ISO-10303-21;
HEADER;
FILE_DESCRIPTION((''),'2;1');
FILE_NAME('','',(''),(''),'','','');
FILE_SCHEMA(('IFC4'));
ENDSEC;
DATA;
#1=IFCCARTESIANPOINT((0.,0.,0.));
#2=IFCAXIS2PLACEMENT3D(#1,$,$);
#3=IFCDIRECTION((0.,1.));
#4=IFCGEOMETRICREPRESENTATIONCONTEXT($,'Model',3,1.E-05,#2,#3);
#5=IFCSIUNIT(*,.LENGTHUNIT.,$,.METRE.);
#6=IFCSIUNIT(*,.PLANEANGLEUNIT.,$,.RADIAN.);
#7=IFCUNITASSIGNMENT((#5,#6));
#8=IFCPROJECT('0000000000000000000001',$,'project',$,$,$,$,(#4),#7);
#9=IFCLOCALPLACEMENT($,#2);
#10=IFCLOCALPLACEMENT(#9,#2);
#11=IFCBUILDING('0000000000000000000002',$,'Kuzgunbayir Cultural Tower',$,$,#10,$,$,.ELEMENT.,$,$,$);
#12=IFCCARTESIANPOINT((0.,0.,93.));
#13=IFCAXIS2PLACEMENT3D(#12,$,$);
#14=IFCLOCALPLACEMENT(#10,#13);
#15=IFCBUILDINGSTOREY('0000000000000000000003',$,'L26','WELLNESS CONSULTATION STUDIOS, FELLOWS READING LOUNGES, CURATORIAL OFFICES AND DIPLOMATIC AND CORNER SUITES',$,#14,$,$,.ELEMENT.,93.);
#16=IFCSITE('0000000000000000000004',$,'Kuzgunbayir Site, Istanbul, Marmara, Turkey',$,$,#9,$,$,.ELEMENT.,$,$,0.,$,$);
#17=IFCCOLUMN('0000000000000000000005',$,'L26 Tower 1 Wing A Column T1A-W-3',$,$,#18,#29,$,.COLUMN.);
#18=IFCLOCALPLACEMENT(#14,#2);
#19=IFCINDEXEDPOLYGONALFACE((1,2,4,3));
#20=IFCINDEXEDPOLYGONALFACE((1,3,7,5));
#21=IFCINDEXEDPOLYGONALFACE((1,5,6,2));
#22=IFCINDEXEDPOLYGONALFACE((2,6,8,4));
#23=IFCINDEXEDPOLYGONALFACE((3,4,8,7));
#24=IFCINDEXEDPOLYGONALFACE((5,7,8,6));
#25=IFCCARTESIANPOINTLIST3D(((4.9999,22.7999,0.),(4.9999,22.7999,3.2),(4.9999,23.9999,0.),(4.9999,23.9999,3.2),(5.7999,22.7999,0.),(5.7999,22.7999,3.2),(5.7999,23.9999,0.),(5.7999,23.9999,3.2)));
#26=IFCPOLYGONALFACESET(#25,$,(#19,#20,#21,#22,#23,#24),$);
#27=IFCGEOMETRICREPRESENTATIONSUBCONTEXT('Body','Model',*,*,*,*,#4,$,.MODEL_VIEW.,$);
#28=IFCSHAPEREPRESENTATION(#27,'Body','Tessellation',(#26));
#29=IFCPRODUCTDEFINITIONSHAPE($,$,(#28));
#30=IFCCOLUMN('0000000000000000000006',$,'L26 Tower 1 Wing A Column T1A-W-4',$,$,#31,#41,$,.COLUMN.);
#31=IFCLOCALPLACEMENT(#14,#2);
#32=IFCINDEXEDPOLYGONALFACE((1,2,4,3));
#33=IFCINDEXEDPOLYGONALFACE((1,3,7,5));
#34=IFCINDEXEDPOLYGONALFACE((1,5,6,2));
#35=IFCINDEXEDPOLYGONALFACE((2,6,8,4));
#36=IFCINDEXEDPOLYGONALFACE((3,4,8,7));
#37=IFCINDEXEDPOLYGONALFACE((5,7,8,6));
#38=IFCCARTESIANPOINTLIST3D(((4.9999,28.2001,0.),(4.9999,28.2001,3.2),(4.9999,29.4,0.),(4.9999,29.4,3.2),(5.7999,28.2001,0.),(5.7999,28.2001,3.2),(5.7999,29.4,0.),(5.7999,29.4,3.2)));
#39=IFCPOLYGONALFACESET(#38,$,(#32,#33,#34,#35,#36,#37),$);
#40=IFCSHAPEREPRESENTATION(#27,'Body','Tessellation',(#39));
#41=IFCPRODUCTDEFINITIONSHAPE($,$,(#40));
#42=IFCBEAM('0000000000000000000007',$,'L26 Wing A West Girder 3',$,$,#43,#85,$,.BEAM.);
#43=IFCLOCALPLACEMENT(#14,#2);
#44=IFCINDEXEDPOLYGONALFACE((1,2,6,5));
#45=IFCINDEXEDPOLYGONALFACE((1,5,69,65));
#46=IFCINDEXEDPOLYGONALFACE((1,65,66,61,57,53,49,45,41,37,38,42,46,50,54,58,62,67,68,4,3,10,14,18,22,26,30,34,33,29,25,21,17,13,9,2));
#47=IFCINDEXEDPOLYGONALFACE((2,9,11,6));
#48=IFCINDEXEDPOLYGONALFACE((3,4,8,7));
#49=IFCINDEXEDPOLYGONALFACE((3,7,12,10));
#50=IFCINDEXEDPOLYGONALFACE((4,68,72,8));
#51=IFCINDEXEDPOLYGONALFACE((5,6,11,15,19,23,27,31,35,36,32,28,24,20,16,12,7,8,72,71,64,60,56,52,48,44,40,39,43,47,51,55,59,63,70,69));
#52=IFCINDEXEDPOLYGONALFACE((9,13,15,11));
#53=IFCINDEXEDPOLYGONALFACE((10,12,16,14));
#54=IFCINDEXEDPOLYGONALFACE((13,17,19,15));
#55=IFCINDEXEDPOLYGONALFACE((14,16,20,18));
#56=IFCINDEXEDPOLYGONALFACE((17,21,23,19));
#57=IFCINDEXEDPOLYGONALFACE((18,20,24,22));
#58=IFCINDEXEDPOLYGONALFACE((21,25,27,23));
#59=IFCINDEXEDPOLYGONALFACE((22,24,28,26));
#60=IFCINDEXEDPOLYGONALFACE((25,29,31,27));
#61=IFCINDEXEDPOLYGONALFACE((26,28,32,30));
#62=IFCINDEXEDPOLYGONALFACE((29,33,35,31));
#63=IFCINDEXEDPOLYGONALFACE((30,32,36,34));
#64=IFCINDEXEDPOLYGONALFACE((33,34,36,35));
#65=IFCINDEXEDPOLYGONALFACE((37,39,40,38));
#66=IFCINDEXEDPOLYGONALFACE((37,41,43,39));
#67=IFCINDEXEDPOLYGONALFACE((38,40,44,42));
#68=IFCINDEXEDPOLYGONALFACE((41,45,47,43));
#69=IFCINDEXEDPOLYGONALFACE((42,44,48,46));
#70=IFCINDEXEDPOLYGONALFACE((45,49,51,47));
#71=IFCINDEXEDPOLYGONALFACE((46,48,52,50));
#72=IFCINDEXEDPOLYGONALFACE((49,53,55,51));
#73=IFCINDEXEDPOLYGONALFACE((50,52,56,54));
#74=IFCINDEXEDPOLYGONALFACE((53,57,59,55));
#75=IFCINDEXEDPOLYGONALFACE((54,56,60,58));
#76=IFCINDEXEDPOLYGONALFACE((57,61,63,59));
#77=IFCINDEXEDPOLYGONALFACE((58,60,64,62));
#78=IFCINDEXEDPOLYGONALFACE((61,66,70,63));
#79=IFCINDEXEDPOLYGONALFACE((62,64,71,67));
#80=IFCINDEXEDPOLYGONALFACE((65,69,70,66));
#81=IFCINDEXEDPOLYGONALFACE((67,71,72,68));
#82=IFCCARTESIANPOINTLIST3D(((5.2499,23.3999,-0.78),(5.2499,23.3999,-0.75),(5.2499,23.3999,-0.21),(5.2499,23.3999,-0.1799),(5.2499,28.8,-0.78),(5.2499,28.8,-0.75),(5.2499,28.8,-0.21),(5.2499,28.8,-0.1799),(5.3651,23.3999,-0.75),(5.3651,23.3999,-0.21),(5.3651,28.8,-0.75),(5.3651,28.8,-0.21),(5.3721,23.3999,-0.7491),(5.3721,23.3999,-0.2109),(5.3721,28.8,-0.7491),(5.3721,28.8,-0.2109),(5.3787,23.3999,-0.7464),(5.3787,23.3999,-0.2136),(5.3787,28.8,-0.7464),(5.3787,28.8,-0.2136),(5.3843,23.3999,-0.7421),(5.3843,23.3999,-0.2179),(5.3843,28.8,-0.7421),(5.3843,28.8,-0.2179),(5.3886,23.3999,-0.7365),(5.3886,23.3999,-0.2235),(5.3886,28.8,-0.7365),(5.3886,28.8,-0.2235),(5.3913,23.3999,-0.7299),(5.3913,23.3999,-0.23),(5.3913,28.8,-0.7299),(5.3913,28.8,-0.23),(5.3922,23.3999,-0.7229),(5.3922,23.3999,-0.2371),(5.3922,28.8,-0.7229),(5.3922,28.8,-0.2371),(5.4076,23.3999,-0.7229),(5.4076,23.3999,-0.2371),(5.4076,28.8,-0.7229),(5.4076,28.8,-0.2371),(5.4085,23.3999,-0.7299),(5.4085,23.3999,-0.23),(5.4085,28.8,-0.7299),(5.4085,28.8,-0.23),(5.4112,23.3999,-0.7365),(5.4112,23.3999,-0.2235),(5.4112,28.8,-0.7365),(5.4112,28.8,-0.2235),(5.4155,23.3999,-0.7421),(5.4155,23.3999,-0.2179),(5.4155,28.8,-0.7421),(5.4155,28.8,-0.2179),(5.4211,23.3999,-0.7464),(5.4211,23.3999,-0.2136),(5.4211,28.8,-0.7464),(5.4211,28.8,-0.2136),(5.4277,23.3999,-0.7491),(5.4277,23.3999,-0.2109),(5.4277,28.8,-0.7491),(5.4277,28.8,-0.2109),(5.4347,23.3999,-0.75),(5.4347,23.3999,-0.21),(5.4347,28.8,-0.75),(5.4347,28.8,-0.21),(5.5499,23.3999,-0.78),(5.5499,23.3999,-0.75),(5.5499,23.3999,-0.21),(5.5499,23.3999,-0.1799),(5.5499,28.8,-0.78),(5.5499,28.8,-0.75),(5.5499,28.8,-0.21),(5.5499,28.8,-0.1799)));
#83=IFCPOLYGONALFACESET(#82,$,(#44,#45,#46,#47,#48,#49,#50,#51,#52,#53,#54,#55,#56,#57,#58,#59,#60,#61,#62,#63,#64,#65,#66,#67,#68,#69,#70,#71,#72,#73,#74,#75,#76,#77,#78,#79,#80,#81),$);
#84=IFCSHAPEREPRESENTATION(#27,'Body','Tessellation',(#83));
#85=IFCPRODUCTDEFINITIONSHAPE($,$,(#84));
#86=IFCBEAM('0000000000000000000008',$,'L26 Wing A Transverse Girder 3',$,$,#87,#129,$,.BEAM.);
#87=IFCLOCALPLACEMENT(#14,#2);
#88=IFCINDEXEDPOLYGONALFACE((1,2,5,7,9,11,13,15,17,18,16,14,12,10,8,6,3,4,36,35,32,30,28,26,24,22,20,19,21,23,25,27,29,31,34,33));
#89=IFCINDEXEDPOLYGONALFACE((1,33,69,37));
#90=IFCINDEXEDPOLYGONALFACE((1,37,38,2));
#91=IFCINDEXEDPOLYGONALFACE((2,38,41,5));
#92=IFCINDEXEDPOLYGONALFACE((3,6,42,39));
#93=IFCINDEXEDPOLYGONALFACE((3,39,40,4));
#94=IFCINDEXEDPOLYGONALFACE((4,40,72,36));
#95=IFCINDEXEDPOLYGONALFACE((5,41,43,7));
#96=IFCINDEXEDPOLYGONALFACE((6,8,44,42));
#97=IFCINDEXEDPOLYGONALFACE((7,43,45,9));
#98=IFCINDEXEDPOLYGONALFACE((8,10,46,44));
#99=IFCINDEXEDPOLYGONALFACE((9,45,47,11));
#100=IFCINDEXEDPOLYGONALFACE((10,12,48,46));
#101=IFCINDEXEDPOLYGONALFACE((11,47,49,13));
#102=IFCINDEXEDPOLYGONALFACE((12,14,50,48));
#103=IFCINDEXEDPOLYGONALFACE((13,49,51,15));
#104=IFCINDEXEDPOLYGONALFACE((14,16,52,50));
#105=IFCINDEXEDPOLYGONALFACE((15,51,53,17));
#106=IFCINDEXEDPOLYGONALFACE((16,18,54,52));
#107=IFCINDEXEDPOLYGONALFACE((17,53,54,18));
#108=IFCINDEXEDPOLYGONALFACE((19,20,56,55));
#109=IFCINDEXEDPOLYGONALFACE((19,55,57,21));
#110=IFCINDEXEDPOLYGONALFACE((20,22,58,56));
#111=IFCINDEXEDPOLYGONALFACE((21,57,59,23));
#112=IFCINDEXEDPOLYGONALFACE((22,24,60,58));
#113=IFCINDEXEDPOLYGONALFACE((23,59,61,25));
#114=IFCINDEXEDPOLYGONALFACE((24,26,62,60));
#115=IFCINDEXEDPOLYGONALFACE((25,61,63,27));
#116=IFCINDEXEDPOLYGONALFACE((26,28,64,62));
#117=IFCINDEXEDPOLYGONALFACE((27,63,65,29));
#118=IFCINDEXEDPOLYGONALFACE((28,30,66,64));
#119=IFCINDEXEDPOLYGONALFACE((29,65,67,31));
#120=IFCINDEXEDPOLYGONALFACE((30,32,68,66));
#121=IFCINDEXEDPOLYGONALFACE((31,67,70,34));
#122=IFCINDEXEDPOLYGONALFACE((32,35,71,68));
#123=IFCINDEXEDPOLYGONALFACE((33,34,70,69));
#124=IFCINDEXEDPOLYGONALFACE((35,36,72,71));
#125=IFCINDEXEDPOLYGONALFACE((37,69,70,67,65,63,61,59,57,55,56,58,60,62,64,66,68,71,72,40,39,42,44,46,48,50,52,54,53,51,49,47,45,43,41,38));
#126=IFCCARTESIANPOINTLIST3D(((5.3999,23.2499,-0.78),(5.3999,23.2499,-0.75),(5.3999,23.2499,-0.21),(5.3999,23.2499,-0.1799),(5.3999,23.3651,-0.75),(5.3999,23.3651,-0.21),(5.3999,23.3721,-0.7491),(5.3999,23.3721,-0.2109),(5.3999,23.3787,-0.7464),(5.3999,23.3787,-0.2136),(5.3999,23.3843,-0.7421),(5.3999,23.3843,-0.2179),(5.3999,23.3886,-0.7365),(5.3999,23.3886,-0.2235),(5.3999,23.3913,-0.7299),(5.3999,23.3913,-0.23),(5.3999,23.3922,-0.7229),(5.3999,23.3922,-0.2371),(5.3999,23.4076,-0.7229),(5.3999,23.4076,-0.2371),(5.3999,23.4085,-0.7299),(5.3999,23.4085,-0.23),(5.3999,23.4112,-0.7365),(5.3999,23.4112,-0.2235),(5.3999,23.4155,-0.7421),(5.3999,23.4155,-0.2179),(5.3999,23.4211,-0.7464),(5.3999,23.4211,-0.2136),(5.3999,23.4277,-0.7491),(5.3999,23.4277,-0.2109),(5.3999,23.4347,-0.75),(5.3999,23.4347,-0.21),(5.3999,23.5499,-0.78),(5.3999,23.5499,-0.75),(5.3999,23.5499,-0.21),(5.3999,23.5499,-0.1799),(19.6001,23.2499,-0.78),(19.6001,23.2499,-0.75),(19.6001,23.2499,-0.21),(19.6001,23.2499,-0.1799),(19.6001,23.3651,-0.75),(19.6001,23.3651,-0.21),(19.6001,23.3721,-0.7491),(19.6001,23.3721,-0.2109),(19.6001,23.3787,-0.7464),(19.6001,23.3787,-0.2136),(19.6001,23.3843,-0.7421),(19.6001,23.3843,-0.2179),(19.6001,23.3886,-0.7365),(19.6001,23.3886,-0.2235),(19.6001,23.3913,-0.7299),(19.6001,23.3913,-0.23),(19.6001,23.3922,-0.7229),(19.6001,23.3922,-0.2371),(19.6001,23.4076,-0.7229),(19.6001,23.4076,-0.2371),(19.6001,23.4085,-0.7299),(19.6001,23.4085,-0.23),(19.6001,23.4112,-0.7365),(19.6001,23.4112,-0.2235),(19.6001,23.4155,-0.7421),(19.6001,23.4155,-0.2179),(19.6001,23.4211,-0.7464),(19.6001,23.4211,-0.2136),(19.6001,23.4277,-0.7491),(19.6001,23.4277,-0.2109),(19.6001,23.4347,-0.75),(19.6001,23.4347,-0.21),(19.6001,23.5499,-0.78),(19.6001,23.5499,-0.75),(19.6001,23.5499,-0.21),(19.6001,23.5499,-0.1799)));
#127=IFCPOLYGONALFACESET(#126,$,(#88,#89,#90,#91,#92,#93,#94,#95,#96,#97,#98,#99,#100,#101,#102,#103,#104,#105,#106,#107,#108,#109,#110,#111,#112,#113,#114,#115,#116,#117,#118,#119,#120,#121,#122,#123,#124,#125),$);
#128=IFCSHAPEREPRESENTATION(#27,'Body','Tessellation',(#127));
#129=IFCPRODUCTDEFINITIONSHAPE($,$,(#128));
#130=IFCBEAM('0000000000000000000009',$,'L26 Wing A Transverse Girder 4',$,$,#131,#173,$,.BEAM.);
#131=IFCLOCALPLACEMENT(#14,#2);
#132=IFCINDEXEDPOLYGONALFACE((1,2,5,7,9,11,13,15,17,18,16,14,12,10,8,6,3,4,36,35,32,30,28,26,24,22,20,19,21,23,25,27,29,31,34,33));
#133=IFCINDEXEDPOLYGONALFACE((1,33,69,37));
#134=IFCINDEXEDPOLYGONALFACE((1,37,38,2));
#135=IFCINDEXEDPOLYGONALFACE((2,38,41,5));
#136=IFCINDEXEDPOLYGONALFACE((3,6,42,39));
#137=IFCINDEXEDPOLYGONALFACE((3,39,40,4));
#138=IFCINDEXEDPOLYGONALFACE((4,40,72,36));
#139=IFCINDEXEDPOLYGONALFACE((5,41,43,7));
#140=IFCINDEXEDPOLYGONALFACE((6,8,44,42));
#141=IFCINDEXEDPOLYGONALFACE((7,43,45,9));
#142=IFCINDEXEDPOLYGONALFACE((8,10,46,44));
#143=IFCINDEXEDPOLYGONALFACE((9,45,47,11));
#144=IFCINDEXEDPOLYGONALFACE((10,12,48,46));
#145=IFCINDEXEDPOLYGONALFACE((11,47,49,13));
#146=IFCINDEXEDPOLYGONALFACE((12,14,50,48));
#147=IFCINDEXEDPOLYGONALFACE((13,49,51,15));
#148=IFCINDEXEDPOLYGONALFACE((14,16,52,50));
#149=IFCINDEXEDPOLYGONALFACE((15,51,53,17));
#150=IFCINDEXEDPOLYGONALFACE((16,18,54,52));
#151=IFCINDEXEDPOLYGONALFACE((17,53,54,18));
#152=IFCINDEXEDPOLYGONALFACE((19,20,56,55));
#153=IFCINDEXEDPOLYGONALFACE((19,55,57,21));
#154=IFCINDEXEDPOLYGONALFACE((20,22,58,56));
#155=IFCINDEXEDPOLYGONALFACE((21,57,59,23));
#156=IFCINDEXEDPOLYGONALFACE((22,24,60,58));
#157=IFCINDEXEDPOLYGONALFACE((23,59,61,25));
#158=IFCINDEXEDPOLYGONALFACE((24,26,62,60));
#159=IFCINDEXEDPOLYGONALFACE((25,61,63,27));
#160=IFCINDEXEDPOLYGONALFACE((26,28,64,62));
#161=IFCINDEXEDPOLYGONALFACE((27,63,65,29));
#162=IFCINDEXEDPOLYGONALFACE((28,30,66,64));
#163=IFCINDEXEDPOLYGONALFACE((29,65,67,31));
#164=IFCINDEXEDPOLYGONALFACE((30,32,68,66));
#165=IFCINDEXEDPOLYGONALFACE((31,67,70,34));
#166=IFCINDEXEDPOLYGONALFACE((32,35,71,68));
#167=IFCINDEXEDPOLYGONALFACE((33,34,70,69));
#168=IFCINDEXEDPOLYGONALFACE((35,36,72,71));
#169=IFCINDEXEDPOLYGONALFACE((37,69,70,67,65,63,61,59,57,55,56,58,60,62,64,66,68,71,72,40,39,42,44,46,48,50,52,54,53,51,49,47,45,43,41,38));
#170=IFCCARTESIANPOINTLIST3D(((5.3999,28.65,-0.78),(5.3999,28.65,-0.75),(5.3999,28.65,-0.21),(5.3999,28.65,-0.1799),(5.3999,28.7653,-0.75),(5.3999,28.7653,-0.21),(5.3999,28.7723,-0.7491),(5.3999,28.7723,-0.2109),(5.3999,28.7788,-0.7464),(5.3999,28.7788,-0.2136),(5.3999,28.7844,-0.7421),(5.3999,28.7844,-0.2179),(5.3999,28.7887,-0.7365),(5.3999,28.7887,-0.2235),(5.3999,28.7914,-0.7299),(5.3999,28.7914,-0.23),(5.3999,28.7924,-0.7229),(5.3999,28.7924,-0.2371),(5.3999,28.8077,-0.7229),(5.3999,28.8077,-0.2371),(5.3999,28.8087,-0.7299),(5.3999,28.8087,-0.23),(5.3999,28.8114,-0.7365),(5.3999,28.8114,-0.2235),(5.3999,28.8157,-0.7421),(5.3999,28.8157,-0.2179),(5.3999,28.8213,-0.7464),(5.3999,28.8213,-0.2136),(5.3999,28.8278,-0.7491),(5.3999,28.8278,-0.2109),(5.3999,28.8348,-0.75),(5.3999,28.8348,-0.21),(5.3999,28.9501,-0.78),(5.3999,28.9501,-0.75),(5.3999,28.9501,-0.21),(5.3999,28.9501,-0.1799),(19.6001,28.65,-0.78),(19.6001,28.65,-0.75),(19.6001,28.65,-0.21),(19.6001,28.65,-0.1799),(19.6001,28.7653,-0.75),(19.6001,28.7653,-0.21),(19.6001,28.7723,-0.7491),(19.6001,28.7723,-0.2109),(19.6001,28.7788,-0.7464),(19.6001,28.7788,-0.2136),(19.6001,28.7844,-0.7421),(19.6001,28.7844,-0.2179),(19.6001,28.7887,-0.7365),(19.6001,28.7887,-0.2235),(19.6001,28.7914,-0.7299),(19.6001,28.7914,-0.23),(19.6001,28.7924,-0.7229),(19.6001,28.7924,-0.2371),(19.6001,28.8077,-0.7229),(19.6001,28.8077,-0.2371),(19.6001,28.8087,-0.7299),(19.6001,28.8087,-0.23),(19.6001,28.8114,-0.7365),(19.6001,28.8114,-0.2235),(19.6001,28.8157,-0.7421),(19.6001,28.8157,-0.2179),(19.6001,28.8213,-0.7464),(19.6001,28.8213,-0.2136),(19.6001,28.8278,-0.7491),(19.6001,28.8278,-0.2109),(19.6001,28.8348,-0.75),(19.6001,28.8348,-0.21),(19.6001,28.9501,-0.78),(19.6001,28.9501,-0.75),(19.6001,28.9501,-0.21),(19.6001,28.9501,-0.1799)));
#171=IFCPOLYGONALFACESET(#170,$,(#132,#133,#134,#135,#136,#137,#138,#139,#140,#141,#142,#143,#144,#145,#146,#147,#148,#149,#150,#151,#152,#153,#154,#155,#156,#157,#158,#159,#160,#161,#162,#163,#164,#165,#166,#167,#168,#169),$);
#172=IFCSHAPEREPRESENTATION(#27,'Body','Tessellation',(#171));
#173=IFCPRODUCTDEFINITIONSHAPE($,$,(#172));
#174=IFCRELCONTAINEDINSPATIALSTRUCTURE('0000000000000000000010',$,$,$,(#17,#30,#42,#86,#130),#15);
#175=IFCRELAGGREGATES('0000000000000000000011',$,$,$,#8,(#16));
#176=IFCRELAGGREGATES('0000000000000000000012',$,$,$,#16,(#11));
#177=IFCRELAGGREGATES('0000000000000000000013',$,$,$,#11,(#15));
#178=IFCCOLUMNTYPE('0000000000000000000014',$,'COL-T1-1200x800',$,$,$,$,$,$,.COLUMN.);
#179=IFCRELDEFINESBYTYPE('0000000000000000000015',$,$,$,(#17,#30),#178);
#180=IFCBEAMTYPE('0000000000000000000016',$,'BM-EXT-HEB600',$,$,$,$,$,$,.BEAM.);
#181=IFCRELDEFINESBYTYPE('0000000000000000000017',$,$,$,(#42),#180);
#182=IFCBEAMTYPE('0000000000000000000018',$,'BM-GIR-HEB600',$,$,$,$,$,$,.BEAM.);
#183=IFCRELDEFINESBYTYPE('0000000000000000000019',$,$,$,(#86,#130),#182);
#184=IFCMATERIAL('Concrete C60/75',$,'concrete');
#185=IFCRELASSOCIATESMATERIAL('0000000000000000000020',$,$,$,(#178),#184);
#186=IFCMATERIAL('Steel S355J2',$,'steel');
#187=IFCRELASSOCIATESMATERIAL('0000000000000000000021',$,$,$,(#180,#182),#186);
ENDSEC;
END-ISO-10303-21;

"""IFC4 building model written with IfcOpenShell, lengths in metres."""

from ifc_helpers import new_model, si_unit, direction, frame, origin, origin_2d, place, context, subcontext, project, spatial, rectangle, i_section, extrude, material, material_profile, profile_set, type_object, element, save


model = new_model("IFC4")

# Units and contexts
model_context = context("Model", 3, precision=1e-05, world=origin(), true_north=direction((0.0, 1.0)))
body_context = subcontext(model_context, "Body", "Model", "MODEL_VIEW")
ifc_project = project(units=[si_unit("LENGTHUNIT", "METRE"), si_unit("PLANEANGLEUNIT", "RADIAN")], contexts=[model_context])

# Site, building, storey
site_placement = place(None, origin())
site = spatial("IfcSite", under=ifc_project, at=site_placement, Name="Kuzgunbayir Site, Istanbul, Marmara, Turkey", CompositionType="ELEMENT", RefElevation=0.0)
building_placement = place(site_placement, origin())
building = spatial("IfcBuilding", under=site, at=building_placement, Name="Kuzgunbayir Cultural Tower", CompositionType="ELEMENT")
storey_placement = place(building_placement, frame((0.0, 0.0, 93.0)))
storey = spatial("IfcBuildingStorey", under=building, at=storey_placement, Name="L26", Description="WELLNESS CONSULTATION STUDIOS, FELLOWS READING LOUNGES, CURATORIAL OFFICES AND DIPLOMATIC AND CORNER SUITES", CompositionType="ELEMENT", Elevation=93.0)

# Columns
ifc_material_1 = material(Name="Concrete C60/75", Category="concrete")
ifc_material_profile_1 = material_profile(ifc_material_1, rectangle(XDim=0.8, YDim=1.2, at=origin_2d()), Name="RC 1200x800")
ifc_profile_set_1 = profile_set([ifc_material_profile_1], Name="Concrete C60/75")
column_type = type_object("IfcColumnType", Name="COL-T1-1200x800", PredefinedType="COLUMN", material=ifc_profile_set_1)
for number, where, z_axis, x_axis, name in (
    (1, (5.3999, 23.3999, 0.0), (0.0, 0.0, 1.0), (1.0, 0.0, 0.0), "L26 Tower 1 Wing A Column T1A-W-3"),
    (2, (5.3999, 28.8, 0.0), (0.0, 0.0, 1.0), (1.0, 0.0, 0.0), "L26 Tower 1 Wing A Column T1A-W-4"),
):
    element("IfcColumn", number, at=place(storey_placement, frame(where, z_axis=z_axis, x_axis=x_axis)), inside=storey, type_object=column_type, Name=name, PredefinedType="COLUMN", context=body_context, shape_type="SweptSolid", body=[
        extrude(rectangle(XDim=0.8, YDim=1.2, at=origin_2d()), origin(), (0.0, 0.0, 1.0), 3.2),
    ])

# Beams
ifc_material_2 = material(Name="Steel S355J2", Category="steel")
ifc_material_profile_2 = material_profile(ifc_material_2, i_section(OverallWidth=0.3, OverallDepth=0.6001, WebThickness=0.0154, FlangeThickness=0.03, FilletRadius=0.0271, at=origin_2d()), Name="HEB 600")
ifc_profile_set_2 = profile_set([ifc_material_profile_2], Name="Steel S355J2")
beam_type_1 = type_object("IfcBeamType", Name="BM-EXT-HEB600", PredefinedType="BEAM", material=ifc_profile_set_2)
beam_1_placement = place(storey_placement, frame((5.3999, 23.3999, -0.48), z_axis=(0.0, 1.0, 0.0), x_axis=(-1.0, 0.0, 0.0)))
element("IfcBeam", 3, at=beam_1_placement, inside=storey, type_object=beam_type_1, Name="L26 Wing A West Girder 3", PredefinedType="BEAM", context=body_context, shape_type="SweptSolid", body=[
    extrude(i_section(OverallWidth=0.3, OverallDepth=0.6001, WebThickness=0.0154, FlangeThickness=0.03, FilletRadius=0.0271, at=origin_2d()), origin(), (0.0, 0.0, 1.0), 5.4001),
])
ifc_material_profile_3 = material_profile(ifc_material_2, i_section(OverallWidth=0.3, OverallDepth=0.6001, WebThickness=0.0154, FlangeThickness=0.03, FilletRadius=0.0271, at=origin_2d()), Name="HEB 600")
ifc_profile_set_3 = profile_set([ifc_material_profile_3], Name="Steel S355J2")
beam_type_2 = type_object("IfcBeamType", Name="BM-GIR-HEB600", PredefinedType="BEAM", material=ifc_profile_set_3)
for number, where, z_axis, x_axis, name in (
    (4, (5.3999, 23.3999, -0.48), (1.0, 0.0, 0.0), (0.0, 1.0, 0.0), "L26 Wing A Transverse Girder 3"),
    (5, (5.3999, 28.8, -0.48), (1.0, 0.0, 0.0), (0.0, 1.0, 0.0), "L26 Wing A Transverse Girder 4"),
):
    element("IfcBeam", number, at=place(storey_placement, frame(where, z_axis=z_axis, x_axis=x_axis)), inside=storey, type_object=beam_type_2, Name=name, PredefinedType="BEAM", context=body_context, shape_type="SweptSolid", body=[
        extrude(i_section(OverallWidth=0.3, OverallDepth=0.6001, WebThickness=0.0154, FlangeThickness=0.03, FilletRadius=0.0271, at=origin_2d()), origin(), (0.0, 0.0, 1.0), 14.2002),
    ])

save(model, "model.ifc")
